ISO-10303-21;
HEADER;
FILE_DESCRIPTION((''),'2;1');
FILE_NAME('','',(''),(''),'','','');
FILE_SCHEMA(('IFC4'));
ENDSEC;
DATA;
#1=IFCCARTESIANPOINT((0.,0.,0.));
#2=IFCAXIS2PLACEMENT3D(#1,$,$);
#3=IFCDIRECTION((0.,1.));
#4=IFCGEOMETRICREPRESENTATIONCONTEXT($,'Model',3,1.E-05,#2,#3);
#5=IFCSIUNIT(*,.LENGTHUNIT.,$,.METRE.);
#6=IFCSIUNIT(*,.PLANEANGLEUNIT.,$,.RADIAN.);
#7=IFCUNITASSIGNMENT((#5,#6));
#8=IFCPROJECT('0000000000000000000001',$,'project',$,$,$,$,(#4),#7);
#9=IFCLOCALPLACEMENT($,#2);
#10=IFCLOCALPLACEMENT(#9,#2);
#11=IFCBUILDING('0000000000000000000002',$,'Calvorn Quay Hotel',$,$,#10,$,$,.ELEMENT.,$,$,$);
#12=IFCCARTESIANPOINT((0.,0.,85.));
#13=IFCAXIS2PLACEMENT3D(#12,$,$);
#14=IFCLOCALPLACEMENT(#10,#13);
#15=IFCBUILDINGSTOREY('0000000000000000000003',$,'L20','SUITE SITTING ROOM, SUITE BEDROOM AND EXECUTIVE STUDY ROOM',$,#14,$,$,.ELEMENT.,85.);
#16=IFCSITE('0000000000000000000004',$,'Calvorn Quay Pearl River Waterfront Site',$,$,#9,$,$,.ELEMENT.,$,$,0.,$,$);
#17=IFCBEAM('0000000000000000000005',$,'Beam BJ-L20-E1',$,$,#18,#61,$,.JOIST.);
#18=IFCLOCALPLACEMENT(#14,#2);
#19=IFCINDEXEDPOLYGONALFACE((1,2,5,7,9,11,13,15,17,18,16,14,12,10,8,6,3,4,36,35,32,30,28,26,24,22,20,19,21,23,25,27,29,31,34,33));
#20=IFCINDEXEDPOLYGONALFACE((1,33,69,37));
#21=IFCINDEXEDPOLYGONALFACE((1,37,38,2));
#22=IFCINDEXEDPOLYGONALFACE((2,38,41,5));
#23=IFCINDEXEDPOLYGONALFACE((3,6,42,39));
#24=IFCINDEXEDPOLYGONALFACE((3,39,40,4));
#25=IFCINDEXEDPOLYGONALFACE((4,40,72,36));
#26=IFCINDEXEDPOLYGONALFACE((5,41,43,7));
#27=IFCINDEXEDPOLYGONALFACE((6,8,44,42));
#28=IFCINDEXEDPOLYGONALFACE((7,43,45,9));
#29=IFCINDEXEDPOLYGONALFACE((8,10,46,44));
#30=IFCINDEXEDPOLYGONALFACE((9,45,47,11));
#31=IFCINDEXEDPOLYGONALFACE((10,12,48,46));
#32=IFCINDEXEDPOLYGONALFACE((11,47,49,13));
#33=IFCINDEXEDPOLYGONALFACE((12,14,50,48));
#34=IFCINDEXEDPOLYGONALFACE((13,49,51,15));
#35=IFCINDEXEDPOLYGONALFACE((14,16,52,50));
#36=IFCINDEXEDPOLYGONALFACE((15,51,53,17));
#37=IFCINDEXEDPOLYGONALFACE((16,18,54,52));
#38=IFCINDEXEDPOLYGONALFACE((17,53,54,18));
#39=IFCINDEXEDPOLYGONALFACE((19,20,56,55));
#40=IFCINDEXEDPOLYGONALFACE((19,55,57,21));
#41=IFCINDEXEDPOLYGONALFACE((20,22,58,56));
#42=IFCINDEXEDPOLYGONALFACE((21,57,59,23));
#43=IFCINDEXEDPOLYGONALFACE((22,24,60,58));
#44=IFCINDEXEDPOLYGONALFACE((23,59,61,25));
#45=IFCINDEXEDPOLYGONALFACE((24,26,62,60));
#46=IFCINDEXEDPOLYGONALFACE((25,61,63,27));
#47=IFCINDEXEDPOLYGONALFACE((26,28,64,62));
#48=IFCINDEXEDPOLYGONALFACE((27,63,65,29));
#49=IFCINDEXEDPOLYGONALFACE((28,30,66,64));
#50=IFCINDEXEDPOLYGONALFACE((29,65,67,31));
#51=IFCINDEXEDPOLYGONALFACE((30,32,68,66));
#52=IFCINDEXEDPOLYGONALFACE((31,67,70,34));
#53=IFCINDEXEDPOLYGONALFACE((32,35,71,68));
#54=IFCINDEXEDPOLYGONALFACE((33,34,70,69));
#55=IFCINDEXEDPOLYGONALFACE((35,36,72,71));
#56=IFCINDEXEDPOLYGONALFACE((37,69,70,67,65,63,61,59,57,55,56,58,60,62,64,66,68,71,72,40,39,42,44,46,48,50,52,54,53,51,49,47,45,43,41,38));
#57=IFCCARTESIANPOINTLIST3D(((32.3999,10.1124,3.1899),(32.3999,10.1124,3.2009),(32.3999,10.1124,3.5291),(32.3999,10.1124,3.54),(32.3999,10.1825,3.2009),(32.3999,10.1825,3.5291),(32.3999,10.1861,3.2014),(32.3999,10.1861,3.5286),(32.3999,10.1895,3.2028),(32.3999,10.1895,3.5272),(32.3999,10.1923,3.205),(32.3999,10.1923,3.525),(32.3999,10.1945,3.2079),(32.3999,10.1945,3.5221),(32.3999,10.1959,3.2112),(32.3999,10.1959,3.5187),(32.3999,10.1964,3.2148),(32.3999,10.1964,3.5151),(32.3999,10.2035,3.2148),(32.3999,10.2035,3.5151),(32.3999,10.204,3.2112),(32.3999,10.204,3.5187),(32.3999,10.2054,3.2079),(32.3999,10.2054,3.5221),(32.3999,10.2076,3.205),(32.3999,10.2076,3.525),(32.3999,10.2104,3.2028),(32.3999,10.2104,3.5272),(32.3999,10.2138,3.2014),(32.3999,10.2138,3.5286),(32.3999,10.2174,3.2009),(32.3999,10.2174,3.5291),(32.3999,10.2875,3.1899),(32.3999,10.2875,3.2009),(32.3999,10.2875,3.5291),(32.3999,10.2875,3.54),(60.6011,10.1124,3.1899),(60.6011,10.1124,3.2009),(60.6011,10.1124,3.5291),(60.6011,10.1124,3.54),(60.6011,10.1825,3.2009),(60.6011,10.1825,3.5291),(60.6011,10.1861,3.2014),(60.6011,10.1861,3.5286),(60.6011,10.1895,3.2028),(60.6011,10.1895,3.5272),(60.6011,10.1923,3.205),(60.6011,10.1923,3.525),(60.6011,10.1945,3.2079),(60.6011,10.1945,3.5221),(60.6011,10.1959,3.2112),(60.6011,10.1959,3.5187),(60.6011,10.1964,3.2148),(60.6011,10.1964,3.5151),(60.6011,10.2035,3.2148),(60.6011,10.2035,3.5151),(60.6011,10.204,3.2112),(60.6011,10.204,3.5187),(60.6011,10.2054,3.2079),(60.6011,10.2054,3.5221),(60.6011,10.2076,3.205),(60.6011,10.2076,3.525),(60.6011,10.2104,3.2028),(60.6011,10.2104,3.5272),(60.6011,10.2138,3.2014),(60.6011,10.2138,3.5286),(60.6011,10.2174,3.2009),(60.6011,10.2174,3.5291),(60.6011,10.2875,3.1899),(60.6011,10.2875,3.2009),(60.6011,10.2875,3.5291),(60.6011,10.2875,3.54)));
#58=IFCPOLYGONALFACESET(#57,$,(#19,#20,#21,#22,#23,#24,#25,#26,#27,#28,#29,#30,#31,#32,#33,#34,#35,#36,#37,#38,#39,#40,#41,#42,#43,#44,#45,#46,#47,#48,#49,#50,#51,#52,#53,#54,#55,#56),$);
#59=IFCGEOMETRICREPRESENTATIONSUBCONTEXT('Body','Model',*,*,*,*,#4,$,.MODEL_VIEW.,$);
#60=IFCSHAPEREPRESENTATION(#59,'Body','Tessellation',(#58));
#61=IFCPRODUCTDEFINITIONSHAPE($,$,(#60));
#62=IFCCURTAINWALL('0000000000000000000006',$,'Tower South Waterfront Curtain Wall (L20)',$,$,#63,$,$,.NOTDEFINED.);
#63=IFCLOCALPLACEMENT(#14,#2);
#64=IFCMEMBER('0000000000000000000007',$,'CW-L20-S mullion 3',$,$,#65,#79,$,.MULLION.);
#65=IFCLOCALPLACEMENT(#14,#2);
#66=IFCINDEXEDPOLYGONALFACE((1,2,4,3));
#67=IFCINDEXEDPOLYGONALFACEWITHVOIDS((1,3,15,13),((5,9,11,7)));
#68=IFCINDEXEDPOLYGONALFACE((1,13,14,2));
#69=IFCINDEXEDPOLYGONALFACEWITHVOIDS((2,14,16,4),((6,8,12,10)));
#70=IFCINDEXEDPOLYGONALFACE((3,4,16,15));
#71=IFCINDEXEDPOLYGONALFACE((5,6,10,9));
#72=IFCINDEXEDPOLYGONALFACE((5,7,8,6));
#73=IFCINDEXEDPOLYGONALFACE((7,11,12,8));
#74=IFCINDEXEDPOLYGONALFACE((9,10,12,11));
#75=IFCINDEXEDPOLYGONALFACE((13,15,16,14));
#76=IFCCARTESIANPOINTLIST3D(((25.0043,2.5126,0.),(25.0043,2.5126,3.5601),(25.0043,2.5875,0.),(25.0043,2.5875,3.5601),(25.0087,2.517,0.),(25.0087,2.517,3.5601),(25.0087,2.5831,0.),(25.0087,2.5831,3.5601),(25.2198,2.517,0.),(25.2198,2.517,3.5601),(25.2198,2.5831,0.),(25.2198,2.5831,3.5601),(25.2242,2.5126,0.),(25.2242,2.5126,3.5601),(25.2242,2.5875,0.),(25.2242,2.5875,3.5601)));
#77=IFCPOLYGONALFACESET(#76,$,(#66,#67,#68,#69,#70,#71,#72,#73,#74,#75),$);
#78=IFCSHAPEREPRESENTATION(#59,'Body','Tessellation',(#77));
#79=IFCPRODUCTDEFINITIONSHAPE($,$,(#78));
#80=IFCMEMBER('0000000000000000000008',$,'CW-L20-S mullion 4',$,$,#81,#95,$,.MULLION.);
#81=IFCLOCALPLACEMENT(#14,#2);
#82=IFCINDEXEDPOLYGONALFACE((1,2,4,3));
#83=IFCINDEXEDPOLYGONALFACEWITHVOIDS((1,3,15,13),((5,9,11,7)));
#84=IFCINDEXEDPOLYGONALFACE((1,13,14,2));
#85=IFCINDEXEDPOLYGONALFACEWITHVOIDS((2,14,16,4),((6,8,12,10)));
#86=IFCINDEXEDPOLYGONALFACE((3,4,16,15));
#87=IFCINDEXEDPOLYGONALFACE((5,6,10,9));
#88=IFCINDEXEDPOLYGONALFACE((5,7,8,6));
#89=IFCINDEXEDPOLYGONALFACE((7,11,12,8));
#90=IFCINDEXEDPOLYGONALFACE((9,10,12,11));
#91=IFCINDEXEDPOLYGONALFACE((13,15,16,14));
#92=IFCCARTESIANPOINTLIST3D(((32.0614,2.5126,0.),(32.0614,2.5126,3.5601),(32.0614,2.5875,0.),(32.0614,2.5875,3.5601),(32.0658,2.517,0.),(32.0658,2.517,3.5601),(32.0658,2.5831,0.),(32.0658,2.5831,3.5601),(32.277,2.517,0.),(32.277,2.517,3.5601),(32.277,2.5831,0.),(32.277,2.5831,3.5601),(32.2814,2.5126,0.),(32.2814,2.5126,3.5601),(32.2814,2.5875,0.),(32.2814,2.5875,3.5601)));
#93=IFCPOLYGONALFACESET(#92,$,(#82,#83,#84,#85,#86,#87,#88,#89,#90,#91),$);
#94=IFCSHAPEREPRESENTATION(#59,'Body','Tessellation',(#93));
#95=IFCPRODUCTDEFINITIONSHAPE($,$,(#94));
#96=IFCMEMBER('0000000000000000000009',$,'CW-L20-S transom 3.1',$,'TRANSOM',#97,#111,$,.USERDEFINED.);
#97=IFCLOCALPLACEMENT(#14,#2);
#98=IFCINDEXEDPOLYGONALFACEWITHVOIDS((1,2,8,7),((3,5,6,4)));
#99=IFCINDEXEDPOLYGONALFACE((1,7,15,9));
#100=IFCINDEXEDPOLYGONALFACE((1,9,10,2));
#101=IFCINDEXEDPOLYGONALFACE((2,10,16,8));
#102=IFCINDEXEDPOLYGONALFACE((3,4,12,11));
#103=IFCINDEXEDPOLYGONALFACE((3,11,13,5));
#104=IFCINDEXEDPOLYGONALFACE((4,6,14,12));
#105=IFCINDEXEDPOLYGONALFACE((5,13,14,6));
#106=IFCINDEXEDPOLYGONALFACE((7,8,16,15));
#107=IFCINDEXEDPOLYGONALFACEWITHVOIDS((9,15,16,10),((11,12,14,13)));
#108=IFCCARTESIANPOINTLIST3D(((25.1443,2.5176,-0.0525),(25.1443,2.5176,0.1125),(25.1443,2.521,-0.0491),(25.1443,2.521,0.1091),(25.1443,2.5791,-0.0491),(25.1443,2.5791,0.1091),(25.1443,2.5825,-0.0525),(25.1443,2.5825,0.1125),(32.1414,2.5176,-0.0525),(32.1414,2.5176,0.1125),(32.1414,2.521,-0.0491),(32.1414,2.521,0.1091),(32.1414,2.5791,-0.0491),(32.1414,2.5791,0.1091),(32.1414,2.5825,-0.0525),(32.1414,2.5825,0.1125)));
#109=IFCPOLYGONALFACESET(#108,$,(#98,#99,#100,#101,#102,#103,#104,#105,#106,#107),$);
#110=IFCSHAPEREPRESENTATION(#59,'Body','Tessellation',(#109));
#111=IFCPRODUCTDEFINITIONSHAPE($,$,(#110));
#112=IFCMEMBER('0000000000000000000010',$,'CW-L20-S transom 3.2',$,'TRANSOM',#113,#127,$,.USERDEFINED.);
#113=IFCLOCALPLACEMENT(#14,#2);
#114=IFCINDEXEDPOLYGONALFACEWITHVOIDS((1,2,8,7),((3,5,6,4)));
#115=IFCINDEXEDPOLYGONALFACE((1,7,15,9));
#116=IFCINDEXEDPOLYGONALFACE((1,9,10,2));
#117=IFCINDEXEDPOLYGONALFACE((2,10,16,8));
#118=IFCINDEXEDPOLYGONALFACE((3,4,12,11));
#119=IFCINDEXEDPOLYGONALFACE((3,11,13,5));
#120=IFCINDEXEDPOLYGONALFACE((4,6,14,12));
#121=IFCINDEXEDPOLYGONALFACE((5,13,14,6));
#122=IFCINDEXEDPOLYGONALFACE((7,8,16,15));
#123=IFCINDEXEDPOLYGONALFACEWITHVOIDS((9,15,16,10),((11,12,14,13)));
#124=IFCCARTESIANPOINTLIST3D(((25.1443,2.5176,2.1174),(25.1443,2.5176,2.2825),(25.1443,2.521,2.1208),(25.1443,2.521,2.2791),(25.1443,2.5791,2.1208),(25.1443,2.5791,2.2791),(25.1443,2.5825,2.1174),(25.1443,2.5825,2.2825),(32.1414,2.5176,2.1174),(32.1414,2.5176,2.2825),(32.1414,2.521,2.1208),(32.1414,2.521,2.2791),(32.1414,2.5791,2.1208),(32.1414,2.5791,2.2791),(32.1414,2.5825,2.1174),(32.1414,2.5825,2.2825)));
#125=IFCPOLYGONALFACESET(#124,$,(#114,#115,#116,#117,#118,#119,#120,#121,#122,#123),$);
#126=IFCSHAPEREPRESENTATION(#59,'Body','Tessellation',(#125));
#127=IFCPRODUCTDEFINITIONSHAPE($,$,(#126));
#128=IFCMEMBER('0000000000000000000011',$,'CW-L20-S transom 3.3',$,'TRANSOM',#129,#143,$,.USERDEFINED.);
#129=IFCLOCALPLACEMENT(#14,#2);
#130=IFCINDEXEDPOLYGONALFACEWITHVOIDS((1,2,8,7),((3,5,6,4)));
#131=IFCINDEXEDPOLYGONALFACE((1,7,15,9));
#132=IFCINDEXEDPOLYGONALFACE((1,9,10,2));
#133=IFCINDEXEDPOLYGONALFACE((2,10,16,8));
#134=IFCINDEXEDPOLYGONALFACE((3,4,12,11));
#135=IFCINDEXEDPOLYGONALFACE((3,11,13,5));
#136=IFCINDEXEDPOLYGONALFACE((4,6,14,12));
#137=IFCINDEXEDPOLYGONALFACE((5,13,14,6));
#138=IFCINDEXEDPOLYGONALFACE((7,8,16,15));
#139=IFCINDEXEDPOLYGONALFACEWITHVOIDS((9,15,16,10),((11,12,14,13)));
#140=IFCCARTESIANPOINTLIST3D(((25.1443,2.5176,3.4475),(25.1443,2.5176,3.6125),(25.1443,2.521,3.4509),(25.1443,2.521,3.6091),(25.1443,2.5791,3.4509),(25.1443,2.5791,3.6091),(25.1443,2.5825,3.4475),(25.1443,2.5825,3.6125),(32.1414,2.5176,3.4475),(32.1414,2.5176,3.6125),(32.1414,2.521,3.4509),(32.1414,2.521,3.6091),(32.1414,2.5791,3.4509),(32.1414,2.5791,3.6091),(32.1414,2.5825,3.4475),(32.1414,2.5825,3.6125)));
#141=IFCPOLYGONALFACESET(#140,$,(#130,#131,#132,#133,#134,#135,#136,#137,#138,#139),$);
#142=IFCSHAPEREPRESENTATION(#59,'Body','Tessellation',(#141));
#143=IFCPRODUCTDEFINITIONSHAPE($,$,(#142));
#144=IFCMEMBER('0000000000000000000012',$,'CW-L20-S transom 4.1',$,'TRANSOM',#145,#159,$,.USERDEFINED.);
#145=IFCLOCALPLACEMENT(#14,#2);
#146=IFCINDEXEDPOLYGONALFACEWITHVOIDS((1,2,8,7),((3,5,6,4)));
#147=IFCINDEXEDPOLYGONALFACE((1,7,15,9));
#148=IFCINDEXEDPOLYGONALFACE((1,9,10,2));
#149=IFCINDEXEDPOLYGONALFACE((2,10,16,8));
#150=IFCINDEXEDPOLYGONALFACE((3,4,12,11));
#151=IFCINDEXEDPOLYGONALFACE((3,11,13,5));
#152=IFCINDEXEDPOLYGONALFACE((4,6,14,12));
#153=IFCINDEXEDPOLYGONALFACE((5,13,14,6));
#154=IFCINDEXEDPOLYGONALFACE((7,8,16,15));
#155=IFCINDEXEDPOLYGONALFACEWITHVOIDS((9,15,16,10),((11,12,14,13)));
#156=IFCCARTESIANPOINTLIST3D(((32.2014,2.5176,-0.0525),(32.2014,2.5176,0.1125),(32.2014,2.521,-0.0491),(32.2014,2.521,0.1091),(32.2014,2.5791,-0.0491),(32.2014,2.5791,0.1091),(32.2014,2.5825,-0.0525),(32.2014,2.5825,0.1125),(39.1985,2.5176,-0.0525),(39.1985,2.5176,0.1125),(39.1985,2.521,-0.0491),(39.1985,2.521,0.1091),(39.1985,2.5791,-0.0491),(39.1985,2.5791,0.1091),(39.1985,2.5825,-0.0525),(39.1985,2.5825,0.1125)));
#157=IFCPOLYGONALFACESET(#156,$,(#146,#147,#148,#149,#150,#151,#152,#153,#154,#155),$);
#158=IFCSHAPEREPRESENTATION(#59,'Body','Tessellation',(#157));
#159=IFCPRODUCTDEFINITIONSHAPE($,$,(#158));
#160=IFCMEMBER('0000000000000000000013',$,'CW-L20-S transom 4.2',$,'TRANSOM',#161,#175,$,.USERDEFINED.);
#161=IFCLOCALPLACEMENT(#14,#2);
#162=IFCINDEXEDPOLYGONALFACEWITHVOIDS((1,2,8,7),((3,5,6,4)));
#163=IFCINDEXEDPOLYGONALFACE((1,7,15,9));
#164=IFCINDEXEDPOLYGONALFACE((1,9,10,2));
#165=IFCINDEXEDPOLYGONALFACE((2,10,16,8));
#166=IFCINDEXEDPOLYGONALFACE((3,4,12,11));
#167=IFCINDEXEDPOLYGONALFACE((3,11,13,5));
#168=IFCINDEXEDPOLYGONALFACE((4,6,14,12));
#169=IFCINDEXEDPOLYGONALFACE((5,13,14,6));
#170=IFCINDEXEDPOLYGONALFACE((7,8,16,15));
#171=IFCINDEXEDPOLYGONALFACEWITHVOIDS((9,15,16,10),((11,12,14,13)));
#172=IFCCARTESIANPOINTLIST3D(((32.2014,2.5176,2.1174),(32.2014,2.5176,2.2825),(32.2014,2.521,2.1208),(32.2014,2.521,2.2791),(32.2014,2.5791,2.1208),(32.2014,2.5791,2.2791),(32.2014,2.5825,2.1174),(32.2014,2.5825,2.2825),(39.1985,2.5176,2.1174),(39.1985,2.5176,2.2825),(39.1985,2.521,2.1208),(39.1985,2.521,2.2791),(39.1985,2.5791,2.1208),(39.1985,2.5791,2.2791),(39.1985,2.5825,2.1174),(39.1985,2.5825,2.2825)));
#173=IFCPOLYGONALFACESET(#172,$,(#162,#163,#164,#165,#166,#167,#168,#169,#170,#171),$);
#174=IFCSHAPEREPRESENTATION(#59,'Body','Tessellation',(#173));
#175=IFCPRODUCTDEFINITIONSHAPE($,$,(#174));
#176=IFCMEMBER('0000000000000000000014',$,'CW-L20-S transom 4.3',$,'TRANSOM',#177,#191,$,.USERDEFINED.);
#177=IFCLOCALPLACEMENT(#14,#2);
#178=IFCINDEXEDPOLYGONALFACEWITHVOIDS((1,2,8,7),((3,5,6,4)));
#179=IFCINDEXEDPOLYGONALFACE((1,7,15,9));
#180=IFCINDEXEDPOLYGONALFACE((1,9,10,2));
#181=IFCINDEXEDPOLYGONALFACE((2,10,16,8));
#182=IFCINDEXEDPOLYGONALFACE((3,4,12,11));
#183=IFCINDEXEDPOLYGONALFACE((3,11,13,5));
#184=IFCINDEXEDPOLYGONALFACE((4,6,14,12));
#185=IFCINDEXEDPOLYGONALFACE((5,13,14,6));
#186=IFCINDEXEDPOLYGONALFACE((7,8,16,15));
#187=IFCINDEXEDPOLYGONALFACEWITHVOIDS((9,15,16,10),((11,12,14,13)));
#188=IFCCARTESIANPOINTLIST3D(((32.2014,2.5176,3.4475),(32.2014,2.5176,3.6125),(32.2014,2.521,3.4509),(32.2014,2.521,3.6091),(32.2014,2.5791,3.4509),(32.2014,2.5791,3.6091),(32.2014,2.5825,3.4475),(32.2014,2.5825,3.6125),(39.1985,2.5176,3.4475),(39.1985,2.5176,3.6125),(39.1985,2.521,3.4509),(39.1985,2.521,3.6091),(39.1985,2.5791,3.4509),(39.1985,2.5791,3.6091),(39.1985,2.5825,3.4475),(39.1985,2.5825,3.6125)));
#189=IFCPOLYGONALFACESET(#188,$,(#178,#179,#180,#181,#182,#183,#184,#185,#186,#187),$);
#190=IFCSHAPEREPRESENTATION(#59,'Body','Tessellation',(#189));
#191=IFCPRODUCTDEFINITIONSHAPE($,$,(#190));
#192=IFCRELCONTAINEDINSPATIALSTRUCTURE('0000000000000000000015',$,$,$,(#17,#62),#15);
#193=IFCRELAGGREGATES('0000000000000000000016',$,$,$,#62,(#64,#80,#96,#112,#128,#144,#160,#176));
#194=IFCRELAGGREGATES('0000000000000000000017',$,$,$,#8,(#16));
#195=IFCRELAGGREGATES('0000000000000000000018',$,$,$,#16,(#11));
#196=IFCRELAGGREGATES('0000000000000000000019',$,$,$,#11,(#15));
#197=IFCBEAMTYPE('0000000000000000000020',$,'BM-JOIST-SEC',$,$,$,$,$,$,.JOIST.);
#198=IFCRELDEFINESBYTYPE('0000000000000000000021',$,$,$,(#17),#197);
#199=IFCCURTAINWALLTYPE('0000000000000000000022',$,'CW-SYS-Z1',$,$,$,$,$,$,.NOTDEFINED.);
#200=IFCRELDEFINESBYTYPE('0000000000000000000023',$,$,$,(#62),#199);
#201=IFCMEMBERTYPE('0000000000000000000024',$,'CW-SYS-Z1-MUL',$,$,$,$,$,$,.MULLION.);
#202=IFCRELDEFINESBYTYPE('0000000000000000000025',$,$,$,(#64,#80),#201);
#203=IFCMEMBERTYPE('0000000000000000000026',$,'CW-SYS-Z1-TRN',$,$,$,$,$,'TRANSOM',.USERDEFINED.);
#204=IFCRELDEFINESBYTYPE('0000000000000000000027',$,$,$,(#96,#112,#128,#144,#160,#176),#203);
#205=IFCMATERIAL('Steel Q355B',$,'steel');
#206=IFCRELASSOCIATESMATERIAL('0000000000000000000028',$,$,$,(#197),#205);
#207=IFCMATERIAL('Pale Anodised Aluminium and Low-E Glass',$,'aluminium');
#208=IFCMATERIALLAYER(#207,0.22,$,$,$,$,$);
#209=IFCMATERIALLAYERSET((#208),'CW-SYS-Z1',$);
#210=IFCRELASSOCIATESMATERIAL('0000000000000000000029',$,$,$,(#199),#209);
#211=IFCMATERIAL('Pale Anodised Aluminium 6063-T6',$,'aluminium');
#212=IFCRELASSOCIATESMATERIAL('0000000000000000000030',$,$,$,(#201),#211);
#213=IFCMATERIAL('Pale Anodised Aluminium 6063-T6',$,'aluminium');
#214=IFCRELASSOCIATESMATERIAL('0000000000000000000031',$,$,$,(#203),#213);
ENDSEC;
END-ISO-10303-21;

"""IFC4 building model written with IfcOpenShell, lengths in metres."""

from ifc_helpers import new_model, si_unit, direction, frame, origin, origin_2d, place, context, subcontext, project, spatial, hollow_rectangle, i_section, extrude, material, layer, layer_set, material_profile, profile_set, type_object, element, aggregate, save


model = new_model("IFC4")

# Units and contexts
model_context = context("Model", 3, precision=1e-05, world=origin(), true_north=direction((0.0, 1.0)))
body_context = subcontext(model_context, "Body", "Model", "MODEL_VIEW")
ifc_project = project(units=[si_unit("LENGTHUNIT", "METRE"), si_unit("PLANEANGLEUNIT", "RADIAN")], contexts=[model_context])

# Site, building, storey
site_placement = place(None, origin())
site = spatial("IfcSite", under=ifc_project, at=site_placement, Name="Calvorn Quay Pearl River Waterfront Site", CompositionType="ELEMENT", RefElevation=0.0)
building_placement = place(site_placement, origin())
building = spatial("IfcBuilding", under=site, at=building_placement, Name="Calvorn Quay Hotel", CompositionType="ELEMENT")
storey_placement = place(building_placement, frame((0.0, 0.0, 85.0)))
storey = spatial("IfcBuildingStorey", under=building, at=storey_placement, Name="L20", Description="SUITE SITTING ROOM, SUITE BEDROOM AND EXECUTIVE STUDY ROOM", CompositionType="ELEMENT", Elevation=85.0)

# Beam
ifc_material_1 = material(Name="Steel Q355B", Category="steel")
ifc_material_profile_1 = material_profile(ifc_material_1, i_section(OverallWidth=0.175, OverallDepth=0.3501, WebThickness=0.0071, FlangeThickness=0.011, FilletRadius=0.0139, at=origin_2d()), Name="HN350x175x7x11")
ifc_profile_set_1 = profile_set([ifc_material_profile_1], Name="Steel Q355B")
beam_type = type_object("IfcBeamType", Name="BM-JOIST-SEC", PredefinedType="JOIST", material=ifc_profile_set_1)
beam_placement = place(storey_placement, frame((32.3999, 10.2, 3.365), z_axis=(1.0, 0.0, 0.0), x_axis=(0.0, 1.0, 0.0)))
element("IfcBeam", 1, at=beam_placement, inside=storey, type_object=beam_type, Name="Beam BJ-L20-E1", PredefinedType="JOIST", context=body_context, shape_type="SweptSolid", body=[
    extrude(i_section(OverallWidth=0.175, OverallDepth=0.3501, WebThickness=0.0071, FlangeThickness=0.011, FilletRadius=0.0139, at=origin_2d()), origin(), (0.0, 0.0, 1.0), 28.2012),
])

# Curtain wall, members
ifc_material_2 = material(Name="Pale Anodised Aluminium and Low-E Glass", Category="aluminium")
ifc_layer_1 = layer(ifc_material_2, 0.22)
ifc_layer_set_1 = layer_set([ifc_layer_1], Name="CW-SYS-Z1")
curtain_wall_type = type_object("IfcCurtainWallType", Name="CW-SYS-Z1", PredefinedType="NOTDEFINED", material=ifc_layer_set_1)
curtain_wall_placement = place(storey_placement, origin())
curtain_wall = element("IfcCurtainWall", 2, at=curtain_wall_placement, inside=storey, type_object=curtain_wall_type, Name="Tower South Waterfront Curtain Wall (L20)", PredefinedType="NOTDEFINED")
ifc_material_3 = material(Name="Pale Anodised Aluminium 6063-T6", Category="aluminium")
ifc_material_profile_2 = material_profile(ifc_material_3, hollow_rectangle(XDim=0.075, YDim=0.22, WallThickness=0.0044, at=origin_2d()), Name="ALU-M220x75x4.5")
ifc_profile_set_2 = profile_set([ifc_material_profile_2], Name="Pale Anodised Aluminium 6063-T6")
member_type_1 = type_object("IfcMemberType", Name="CW-SYS-Z1-MUL", PredefinedType="MULLION", material=ifc_profile_set_2)
member_1_placement = place(storey_placement, frame((25.1143, 2.55, 0.0), z_axis=(0.0, 0.0, 1.0), x_axis=(0.0, 1.0, 0.0)))
member_1 = element("IfcMember", 3, at=member_1_placement, type_object=member_type_1, Name="CW-L20-S mullion 3", PredefinedType="MULLION", context=body_context, shape_type="SweptSolid", body=[
    extrude(hollow_rectangle(XDim=0.075, YDim=0.22, WallThickness=0.0044, at=origin_2d()), origin(), (0.0, 0.0, 1.0), 3.5601),
])
member_2_placement = place(storey_placement, frame((32.1714, 2.55, 0.0), z_axis=(0.0, 0.0, 1.0), x_axis=(0.0, 1.0, 0.0)))
member_2 = element("IfcMember", 4, at=member_2_placement, type_object=member_type_1, Name="CW-L20-S mullion 4", PredefinedType="MULLION", context=body_context, shape_type="SweptSolid", body=[
    extrude(hollow_rectangle(XDim=0.075, YDim=0.22, WallThickness=0.0044, at=origin_2d()), origin(), (0.0, 0.0, 1.0), 3.5601),
])
ifc_material_4 = material(Name="Pale Anodised Aluminium 6063-T6", Category="aluminium")
ifc_material_profile_3 = material_profile(ifc_material_4, hollow_rectangle(XDim=0.0649, YDim=0.165, WallThickness=0.0034, at=origin_2d()), Name="ALU-T165x65x3.5")
ifc_profile_set_3 = profile_set([ifc_material_profile_3], Name="Pale Anodised Aluminium 6063-T6")
member_type_2 = type_object("IfcMemberType", Name="CW-SYS-Z1-TRN", ElementType="TRANSOM", PredefinedType="USERDEFINED", material=ifc_profile_set_3)
member_3_placement = place(storey_placement, frame((25.1443, 2.55, 0.03), z_axis=(1.0, 0.0, 0.0), x_axis=(0.0, 1.0, 0.0)))
member_3 = element("IfcMember", 5, at=member_3_placement, type_object=member_type_2, Name="CW-L20-S transom 3.1", ObjectType="TRANSOM", PredefinedType="USERDEFINED", context=body_context, shape_type="SweptSolid", body=[
    extrude(hollow_rectangle(XDim=0.0649, YDim=0.165, WallThickness=0.0034, at=origin_2d()), origin(), (0.0, 0.0, 1.0), 6.9971),
])
member_4_placement = place(storey_placement, frame((25.1443, 2.55, 2.2), z_axis=(1.0, 0.0, 0.0), x_axis=(0.0, 1.0, 0.0)))
member_4 = element("IfcMember", 6, at=member_4_placement, type_object=member_type_2, Name="CW-L20-S transom 3.2", ObjectType="TRANSOM", PredefinedType="USERDEFINED", context=body_context, shape_type="SweptSolid", body=[
    extrude(hollow_rectangle(XDim=0.0649, YDim=0.165, WallThickness=0.0034, at=origin_2d()), origin(), (0.0, 0.0, 1.0), 6.9971),
])
member_5_placement = place(storey_placement, frame((25.1443, 2.55, 3.53), z_axis=(1.0, 0.0, 0.0), x_axis=(0.0, 1.0, 0.0)))
member_5 = element("IfcMember", 7, at=member_5_placement, type_object=member_type_2, Name="CW-L20-S transom 3.3", ObjectType="TRANSOM", PredefinedType="USERDEFINED", context=body_context, shape_type="SweptSolid", body=[
    extrude(hollow_rectangle(XDim=0.0649, YDim=0.165, WallThickness=0.0034, at=origin_2d()), origin(), (0.0, 0.0, 1.0), 6.9971),
])
member_6_placement = place(storey_placement, frame((32.2014, 2.55, 0.03), z_axis=(1.0, 0.0, 0.0), x_axis=(0.0, 1.0, 0.0)))
member_6 = element("IfcMember", 8, at=member_6_placement, type_object=member_type_2, Name="CW-L20-S transom 4.1", ObjectType="TRANSOM", PredefinedType="USERDEFINED", context=body_context, shape_type="SweptSolid", body=[
    extrude(hollow_rectangle(XDim=0.0649, YDim=0.165, WallThickness=0.0034, at=origin_2d()), origin(), (0.0, 0.0, 1.0), 6.9971),
])
member_7_placement = place(storey_placement, frame((32.2014, 2.55, 2.2), z_axis=(1.0, 0.0, 0.0), x_axis=(0.0, 1.0, 0.0)))
member_7 = element("IfcMember", 9, at=member_7_placement, type_object=member_type_2, Name="CW-L20-S transom 4.2", ObjectType="TRANSOM", PredefinedType="USERDEFINED", context=body_context, shape_type="SweptSolid", body=[
    extrude(hollow_rectangle(XDim=0.0649, YDim=0.165, WallThickness=0.0034, at=origin_2d()), origin(), (0.0, 0.0, 1.0), 6.9971),
])
member_8_placement = place(storey_placement, frame((32.2014, 2.55, 3.53), z_axis=(1.0, 0.0, 0.0), x_axis=(0.0, 1.0, 0.0)))
member_8 = element("IfcMember", 10, at=member_8_placement, type_object=member_type_2, Name="CW-L20-S transom 4.3", ObjectType="TRANSOM", PredefinedType="USERDEFINED", context=body_context, shape_type="SweptSolid", body=[
    extrude(hollow_rectangle(XDim=0.0649, YDim=0.165, WallThickness=0.0034, at=origin_2d()), origin(), (0.0, 0.0, 1.0), 6.9971),
])
aggregate(curtain_wall, [member_1, member_2, member_3, member_4, member_5, member_6, member_7, member_8])

save(model, "model.ifc")
